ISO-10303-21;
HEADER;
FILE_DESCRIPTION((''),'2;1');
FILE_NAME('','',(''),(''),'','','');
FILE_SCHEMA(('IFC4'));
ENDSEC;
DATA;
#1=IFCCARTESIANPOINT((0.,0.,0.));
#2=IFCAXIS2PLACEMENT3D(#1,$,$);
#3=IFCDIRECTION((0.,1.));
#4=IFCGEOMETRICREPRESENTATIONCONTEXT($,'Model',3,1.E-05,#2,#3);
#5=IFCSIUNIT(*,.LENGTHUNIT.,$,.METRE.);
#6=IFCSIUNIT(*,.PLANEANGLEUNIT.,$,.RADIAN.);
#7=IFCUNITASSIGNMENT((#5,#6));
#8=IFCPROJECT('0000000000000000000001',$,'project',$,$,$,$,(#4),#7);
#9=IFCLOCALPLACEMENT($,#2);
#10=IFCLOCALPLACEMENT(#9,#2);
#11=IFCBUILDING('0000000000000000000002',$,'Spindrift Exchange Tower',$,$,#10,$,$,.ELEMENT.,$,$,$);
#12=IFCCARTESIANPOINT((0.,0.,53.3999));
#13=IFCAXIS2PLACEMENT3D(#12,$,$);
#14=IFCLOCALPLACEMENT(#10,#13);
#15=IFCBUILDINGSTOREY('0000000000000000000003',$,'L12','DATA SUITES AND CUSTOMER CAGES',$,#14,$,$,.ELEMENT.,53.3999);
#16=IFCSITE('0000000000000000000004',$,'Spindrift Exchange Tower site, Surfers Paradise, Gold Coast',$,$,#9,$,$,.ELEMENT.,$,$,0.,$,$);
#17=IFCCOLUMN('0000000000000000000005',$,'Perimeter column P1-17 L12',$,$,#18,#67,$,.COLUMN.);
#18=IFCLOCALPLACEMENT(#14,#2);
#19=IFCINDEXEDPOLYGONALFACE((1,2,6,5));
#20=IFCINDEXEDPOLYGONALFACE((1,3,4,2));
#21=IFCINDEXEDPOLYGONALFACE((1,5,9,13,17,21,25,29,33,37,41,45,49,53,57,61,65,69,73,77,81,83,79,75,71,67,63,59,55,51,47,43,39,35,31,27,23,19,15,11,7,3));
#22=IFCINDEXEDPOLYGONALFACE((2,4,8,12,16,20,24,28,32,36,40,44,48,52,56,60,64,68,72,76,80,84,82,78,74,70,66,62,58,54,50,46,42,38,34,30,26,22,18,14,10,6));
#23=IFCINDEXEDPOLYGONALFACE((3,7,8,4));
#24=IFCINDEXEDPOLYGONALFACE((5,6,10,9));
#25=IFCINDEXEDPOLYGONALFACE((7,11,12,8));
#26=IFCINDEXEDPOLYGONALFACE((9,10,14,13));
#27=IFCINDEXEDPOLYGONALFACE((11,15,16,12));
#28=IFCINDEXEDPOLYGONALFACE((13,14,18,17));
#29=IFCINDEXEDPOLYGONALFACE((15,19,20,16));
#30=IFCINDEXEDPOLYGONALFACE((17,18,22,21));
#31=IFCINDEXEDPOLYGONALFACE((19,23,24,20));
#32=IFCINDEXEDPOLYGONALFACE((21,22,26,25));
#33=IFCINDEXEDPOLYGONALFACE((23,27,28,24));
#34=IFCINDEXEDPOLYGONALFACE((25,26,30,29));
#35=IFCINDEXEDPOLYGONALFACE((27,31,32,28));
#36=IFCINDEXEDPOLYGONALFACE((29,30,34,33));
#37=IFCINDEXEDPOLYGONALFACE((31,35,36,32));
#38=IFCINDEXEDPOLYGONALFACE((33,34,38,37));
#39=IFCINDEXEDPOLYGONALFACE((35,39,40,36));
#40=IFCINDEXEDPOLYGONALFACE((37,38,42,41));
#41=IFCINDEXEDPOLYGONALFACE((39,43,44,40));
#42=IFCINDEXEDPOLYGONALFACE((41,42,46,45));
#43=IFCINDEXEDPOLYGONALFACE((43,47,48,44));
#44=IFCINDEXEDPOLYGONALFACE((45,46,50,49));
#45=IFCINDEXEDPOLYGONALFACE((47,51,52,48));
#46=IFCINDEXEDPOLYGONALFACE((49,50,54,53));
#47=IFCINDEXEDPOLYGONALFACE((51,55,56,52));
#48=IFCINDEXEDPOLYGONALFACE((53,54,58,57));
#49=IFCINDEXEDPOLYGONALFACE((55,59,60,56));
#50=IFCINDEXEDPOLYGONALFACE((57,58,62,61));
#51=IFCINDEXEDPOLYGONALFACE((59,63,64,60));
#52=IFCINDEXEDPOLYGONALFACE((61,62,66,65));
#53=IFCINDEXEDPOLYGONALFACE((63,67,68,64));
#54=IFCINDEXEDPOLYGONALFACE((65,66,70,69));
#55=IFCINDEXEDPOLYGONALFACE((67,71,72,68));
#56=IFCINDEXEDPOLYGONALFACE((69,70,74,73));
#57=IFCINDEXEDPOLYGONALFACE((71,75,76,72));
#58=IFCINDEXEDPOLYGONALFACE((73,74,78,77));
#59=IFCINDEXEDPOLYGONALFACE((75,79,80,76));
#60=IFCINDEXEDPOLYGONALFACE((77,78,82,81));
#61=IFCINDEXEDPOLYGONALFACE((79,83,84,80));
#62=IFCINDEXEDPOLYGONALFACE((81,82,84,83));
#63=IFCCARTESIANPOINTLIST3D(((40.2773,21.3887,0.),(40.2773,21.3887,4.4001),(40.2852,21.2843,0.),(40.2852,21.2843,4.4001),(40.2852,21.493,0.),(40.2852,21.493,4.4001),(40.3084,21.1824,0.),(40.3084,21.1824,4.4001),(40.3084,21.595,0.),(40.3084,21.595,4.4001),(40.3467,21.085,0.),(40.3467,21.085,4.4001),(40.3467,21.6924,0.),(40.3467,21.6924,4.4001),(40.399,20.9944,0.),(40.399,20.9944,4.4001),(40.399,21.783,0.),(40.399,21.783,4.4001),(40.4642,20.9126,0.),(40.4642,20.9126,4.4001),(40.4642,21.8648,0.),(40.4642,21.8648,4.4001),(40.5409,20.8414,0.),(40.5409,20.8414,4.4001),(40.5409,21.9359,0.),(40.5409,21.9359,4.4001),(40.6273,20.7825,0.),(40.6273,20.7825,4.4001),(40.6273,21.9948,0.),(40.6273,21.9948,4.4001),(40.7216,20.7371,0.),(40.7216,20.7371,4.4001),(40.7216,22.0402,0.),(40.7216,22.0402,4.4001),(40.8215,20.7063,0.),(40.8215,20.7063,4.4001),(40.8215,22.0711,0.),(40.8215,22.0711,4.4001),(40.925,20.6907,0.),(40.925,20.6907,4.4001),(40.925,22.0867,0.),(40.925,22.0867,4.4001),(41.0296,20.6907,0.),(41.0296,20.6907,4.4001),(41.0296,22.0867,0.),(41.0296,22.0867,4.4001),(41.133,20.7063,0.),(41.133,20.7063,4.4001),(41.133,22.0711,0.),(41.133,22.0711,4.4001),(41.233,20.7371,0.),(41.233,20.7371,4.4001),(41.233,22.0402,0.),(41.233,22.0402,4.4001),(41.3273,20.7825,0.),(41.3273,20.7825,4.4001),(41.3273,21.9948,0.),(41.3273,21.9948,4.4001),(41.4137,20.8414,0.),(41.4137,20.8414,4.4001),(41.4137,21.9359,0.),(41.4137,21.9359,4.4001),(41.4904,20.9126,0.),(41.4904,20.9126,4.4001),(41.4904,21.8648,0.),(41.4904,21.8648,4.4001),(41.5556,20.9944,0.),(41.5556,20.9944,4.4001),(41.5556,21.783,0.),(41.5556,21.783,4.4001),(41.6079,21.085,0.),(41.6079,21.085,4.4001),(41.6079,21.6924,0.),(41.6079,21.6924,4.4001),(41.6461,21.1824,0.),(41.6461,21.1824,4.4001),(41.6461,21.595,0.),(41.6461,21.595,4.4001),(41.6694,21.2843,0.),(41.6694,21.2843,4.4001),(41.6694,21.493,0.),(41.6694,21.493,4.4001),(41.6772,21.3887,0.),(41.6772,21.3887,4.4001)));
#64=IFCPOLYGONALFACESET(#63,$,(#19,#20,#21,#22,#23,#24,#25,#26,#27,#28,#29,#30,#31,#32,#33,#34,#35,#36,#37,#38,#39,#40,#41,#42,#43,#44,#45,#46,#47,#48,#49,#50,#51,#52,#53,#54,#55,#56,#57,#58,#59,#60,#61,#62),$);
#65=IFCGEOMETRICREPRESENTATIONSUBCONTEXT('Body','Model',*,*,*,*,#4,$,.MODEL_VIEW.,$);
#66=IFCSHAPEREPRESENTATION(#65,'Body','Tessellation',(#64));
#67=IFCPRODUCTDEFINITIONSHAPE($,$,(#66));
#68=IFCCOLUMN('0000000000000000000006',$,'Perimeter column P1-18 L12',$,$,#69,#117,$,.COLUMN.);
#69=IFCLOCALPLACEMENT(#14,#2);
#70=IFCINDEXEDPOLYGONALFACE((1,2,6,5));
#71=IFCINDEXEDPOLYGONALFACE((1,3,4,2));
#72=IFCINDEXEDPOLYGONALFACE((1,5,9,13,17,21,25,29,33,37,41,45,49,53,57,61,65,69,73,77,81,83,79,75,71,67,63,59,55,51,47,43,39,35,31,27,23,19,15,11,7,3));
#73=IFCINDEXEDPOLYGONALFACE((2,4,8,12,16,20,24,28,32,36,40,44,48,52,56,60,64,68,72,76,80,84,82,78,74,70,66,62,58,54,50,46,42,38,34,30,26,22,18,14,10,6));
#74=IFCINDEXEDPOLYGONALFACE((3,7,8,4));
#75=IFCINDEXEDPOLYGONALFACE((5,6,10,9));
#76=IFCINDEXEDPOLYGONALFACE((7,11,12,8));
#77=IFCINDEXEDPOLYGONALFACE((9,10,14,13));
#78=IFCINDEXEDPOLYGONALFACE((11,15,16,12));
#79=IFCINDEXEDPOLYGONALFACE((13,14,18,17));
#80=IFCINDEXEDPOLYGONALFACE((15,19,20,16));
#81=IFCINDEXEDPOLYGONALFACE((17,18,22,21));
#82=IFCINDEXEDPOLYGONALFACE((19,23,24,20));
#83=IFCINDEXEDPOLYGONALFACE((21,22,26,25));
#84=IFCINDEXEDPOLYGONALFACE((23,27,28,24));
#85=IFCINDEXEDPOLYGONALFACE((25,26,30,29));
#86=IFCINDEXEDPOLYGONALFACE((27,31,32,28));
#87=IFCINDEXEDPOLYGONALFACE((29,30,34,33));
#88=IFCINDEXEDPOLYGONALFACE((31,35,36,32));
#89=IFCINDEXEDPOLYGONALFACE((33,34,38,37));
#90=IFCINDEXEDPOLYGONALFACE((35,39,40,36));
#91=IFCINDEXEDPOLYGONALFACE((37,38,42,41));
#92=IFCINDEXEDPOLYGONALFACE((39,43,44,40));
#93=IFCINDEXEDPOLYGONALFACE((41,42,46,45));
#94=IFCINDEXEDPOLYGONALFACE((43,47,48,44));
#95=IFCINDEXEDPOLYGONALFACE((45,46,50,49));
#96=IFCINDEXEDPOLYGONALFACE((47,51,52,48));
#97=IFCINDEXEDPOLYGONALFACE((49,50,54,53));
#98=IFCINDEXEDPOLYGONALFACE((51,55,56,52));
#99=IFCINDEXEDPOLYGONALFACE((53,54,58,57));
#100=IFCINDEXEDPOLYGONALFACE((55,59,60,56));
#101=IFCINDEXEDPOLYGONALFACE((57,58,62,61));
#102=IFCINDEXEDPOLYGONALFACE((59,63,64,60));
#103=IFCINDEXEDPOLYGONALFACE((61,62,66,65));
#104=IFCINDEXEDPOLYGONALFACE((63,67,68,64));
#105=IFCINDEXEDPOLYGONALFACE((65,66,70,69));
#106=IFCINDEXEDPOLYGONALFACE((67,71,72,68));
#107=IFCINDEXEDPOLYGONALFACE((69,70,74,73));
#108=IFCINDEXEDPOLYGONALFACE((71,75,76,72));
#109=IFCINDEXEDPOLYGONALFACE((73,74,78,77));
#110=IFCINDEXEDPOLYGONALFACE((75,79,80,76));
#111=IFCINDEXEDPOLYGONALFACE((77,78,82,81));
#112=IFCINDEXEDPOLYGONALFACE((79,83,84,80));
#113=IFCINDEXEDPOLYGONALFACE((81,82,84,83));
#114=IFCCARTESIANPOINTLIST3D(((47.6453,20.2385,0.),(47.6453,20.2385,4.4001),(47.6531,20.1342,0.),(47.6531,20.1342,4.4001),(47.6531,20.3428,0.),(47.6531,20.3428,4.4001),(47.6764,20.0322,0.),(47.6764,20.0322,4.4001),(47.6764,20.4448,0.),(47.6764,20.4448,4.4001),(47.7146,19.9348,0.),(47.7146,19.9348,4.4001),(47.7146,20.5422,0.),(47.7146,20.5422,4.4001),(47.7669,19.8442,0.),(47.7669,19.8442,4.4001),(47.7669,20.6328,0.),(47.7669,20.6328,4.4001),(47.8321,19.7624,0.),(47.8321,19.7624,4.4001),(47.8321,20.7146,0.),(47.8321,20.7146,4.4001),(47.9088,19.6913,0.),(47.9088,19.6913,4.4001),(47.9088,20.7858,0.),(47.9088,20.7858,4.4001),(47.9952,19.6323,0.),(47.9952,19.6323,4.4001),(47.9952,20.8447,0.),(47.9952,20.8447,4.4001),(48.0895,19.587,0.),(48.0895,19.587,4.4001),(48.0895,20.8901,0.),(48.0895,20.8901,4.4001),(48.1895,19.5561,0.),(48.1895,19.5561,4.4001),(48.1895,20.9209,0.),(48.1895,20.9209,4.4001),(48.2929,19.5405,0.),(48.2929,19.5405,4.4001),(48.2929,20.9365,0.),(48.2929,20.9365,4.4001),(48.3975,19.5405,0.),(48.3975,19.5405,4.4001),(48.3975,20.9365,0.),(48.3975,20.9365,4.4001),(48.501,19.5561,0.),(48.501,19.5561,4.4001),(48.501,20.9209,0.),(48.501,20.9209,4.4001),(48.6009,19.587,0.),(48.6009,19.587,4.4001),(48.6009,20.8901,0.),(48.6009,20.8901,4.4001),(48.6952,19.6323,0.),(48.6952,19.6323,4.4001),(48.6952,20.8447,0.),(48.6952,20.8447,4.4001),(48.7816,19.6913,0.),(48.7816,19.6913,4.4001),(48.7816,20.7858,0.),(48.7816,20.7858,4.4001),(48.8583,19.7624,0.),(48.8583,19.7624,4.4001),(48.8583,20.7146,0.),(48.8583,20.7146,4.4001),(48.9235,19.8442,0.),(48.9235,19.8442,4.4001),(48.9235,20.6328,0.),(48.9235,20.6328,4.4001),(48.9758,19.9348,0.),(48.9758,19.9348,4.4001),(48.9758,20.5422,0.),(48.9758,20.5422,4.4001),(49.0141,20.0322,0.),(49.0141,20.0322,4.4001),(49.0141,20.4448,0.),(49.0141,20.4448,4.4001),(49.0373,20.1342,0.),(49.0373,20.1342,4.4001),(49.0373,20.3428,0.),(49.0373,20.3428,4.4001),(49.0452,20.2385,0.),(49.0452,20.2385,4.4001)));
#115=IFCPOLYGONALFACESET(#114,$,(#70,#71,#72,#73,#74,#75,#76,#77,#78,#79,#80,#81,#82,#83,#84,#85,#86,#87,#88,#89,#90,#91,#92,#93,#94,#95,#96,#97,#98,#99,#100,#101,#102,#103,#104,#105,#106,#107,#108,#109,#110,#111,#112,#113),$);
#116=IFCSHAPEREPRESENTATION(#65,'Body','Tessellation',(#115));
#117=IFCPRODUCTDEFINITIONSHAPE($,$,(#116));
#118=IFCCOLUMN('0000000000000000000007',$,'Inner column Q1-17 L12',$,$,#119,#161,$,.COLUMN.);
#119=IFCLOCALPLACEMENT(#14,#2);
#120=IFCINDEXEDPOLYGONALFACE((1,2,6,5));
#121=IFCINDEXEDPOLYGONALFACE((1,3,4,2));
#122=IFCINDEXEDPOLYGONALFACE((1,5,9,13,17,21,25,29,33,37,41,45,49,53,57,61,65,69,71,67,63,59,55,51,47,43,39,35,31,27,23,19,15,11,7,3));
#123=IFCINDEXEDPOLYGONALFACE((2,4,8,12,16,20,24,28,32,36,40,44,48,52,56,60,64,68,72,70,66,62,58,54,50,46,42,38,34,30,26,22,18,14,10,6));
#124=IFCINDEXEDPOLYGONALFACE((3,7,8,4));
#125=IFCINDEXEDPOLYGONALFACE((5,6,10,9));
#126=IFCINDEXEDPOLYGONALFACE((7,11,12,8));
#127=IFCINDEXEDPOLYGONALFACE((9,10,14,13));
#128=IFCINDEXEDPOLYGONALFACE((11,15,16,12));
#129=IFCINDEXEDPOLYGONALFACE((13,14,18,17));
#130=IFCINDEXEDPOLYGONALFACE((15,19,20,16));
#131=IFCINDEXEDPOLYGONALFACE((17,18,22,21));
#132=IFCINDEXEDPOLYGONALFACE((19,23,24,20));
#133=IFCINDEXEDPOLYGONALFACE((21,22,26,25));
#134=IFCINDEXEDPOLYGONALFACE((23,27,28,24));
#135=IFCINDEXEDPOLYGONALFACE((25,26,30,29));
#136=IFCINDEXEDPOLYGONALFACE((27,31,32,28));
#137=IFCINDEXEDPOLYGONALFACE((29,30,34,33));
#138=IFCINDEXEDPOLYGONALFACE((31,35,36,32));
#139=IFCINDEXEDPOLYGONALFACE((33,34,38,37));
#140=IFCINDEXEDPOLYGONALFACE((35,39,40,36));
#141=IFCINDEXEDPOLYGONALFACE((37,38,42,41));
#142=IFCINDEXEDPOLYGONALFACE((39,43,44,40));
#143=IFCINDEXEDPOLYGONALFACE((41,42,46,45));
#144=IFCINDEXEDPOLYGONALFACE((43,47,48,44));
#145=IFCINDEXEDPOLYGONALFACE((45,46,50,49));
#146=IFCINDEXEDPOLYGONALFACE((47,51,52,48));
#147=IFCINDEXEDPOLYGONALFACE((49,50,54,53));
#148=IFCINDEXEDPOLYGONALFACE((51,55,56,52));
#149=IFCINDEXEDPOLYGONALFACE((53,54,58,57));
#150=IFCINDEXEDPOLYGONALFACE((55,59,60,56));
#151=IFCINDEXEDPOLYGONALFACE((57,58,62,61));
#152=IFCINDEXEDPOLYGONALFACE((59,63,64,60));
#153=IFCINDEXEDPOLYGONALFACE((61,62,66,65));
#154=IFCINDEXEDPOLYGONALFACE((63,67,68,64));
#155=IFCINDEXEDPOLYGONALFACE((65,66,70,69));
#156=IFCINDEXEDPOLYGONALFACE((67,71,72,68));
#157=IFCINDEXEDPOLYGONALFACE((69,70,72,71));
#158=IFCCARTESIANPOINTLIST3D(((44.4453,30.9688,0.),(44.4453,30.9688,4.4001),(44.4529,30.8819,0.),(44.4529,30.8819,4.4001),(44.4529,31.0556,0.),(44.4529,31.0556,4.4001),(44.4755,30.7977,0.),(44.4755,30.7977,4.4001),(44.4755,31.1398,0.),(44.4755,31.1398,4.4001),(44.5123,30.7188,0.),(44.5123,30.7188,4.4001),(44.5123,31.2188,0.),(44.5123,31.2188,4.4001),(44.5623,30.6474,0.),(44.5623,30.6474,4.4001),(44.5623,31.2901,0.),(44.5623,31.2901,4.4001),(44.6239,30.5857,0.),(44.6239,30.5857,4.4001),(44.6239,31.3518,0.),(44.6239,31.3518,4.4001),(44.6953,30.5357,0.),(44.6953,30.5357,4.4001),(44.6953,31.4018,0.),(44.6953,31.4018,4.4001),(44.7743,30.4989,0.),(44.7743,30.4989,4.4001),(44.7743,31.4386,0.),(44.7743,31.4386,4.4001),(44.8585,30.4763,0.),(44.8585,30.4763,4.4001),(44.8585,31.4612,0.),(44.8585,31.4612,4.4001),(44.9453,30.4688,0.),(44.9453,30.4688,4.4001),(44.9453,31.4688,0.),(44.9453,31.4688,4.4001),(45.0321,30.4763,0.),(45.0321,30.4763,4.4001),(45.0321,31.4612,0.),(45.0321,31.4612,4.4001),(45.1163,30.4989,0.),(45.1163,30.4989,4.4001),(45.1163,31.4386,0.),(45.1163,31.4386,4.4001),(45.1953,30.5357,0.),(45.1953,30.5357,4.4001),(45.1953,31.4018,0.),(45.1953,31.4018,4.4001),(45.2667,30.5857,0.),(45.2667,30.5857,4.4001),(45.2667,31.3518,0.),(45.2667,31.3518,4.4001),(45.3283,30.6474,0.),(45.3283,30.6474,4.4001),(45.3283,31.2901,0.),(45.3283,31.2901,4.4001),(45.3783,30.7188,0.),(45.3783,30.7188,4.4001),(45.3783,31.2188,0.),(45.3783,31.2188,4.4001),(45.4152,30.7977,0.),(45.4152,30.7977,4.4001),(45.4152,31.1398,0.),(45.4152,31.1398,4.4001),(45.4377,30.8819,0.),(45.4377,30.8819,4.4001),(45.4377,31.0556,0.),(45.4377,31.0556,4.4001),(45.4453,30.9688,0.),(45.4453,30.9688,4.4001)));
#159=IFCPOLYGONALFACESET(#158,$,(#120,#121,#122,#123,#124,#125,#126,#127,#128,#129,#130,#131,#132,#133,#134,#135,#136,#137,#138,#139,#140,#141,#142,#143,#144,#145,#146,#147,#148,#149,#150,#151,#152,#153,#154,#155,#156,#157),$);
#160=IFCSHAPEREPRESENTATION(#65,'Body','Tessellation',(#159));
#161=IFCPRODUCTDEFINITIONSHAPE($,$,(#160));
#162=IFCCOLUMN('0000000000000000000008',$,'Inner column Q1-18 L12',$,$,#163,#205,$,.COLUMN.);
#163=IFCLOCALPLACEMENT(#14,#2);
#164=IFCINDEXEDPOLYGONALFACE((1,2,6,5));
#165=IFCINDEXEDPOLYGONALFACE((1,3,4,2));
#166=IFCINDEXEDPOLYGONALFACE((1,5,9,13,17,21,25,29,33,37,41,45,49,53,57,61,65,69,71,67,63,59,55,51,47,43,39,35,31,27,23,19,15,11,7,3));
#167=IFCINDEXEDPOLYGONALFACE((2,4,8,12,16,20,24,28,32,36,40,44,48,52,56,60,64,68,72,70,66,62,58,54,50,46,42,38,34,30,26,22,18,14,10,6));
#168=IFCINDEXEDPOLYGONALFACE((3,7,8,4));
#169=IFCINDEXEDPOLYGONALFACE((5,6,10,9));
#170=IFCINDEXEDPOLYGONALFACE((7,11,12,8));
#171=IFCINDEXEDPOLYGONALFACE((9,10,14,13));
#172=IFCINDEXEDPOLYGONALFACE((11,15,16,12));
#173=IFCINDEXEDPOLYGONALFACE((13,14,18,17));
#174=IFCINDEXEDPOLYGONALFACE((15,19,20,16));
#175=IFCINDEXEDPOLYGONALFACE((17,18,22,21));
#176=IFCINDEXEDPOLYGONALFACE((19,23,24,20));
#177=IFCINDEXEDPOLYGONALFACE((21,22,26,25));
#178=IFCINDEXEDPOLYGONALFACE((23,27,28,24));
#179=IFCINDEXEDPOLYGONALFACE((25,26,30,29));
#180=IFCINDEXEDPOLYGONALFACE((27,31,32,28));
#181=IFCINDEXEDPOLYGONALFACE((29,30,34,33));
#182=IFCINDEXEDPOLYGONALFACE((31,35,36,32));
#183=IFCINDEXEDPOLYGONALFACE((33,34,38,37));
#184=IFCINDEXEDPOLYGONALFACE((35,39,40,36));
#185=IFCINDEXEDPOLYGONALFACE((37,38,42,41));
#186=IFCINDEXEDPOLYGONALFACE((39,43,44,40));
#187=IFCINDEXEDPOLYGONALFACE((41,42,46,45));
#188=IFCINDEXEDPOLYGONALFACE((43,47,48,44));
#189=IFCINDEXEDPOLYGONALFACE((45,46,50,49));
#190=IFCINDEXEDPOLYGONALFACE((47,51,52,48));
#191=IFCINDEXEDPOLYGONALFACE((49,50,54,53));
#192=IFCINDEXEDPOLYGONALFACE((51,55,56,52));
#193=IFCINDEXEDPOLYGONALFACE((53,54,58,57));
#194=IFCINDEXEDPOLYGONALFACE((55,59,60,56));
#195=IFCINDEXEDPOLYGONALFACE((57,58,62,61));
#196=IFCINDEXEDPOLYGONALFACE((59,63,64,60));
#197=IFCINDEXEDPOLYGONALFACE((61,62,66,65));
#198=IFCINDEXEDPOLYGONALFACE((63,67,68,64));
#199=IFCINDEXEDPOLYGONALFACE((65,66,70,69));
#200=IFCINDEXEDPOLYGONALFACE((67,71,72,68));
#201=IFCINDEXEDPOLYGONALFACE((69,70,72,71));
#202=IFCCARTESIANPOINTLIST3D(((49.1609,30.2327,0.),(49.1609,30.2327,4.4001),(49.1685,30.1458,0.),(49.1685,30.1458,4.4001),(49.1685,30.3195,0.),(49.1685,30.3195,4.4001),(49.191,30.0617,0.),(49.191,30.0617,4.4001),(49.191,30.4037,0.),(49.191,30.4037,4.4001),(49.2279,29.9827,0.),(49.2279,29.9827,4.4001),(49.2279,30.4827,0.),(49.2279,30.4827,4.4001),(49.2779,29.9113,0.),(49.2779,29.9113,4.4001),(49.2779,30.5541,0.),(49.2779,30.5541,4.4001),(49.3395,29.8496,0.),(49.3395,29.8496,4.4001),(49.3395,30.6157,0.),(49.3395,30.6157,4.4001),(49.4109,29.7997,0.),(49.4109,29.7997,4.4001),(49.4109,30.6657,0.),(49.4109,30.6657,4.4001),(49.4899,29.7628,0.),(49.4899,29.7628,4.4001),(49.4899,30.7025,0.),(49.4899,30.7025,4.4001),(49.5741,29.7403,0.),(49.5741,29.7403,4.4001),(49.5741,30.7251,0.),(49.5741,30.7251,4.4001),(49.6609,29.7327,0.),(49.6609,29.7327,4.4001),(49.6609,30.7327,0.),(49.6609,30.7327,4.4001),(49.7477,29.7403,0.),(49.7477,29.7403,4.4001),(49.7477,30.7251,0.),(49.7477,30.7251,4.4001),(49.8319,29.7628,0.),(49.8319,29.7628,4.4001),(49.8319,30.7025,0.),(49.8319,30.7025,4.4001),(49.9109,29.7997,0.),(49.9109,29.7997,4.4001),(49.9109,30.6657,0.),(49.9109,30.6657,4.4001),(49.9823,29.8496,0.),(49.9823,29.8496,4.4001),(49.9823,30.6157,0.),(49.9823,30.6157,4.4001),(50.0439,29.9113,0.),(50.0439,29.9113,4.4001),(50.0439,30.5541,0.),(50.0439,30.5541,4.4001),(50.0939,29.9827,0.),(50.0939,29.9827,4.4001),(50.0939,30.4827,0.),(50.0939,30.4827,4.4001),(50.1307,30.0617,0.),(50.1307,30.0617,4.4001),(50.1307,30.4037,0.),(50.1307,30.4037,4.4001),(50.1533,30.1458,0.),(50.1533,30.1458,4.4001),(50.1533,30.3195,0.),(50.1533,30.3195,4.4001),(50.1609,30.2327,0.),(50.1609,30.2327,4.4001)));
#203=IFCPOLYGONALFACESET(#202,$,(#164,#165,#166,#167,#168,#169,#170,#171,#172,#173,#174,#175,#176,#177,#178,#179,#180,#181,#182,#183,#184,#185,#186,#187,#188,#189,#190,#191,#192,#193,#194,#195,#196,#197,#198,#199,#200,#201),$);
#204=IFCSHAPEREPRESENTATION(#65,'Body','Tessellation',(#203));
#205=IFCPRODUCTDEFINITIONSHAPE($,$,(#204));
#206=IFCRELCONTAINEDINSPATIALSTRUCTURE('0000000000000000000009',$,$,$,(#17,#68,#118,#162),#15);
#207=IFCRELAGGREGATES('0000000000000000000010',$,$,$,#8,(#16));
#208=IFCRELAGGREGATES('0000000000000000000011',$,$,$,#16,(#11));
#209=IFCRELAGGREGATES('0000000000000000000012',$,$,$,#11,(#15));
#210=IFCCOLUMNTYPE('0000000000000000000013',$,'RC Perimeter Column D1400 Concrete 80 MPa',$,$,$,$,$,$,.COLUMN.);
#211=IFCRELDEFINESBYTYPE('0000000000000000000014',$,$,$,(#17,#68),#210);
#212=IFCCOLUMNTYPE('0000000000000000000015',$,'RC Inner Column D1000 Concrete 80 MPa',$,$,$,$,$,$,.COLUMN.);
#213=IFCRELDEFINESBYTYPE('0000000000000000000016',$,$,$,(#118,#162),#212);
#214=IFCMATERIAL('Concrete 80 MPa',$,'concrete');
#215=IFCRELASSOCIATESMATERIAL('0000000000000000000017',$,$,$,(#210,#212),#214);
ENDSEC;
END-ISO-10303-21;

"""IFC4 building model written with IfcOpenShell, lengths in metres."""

from ifc_helpers import new_model, si_unit, direction, frame, origin, origin_2d, place, context, subcontext, project, spatial, circle, extrude, source, transform, mapped, material, material_profile, profile_set, type_object, element, save


model = new_model("IFC4")

# Units and contexts
model_context = context("Model", 3, precision=1e-05, world=origin(), true_north=direction((0.0, 1.0)))
body_context = subcontext(model_context, "Body", "Model", "MODEL_VIEW")
ifc_project = project(units=[si_unit("LENGTHUNIT", "METRE"), si_unit("PLANEANGLEUNIT", "RADIAN")], contexts=[model_context])

# Site, building, storey
site_placement = place(None, origin())
site = spatial("IfcSite", under=ifc_project, at=site_placement, Name="Spindrift Exchange Tower site, Surfers Paradise, Gold Coast", CompositionType="ELEMENT", RefElevation=0.0)
building_placement = place(site_placement, origin())
building = spatial("IfcBuilding", under=site, at=building_placement, Name="Spindrift Exchange Tower", CompositionType="ELEMENT")
storey_placement = place(building_placement, frame((0.0, 0.0, 53.3999)))
storey = spatial("IfcBuildingStorey", under=building, at=storey_placement, Name="L12", Description="DATA SUITES AND CUSTOMER CAGES", CompositionType="ELEMENT", Elevation=53.3999)

# Columns
ifc_material_1 = material(Name="Concrete 80 MPa", Category="concrete")
ifc_material_profile_1 = material_profile(ifc_material_1, circle(Radius=0.7, at=origin_2d()), Name="RC D1400")
ifc_profile_set_1 = profile_set([ifc_material_profile_1], Name="Concrete 80 MPa")
column_type_1 = type_object("IfcColumnType", Name="RC Perimeter Column D1400 Concrete 80 MPa", PredefinedType="COLUMN", material=ifc_profile_set_1)
shared_shape_1 = source(origin(), body_context, "Body", "SweptSolid", [
    extrude(circle(Radius=0.7, at=origin_2d()), origin(), (0.0, 0.0, 1.0), 4.4001),
])
for number, where, z_axis, x_axis, name in (
    (1, (40.9773, 21.3887, 0.0), (0.0, 0.0, 1.0), (1.0, 0.0, 0.0), "Perimeter column P1-17 L12"),
    (2, (48.3452, 20.2385, 0.0), (0.0, 0.0, 1.0), (1.0, 0.0, 0.0), "Perimeter column P1-18 L12"),
):
    element("IfcColumn", number, at=place(storey_placement, frame(where, z_axis=z_axis, x_axis=x_axis)), inside=storey, type_object=column_type_1, Name=name, PredefinedType="COLUMN", context=body_context, shape_type="MappedRepresentation", body=[
        mapped(shared_shape_1, transform((0.0, 0.0, 0.0), scale=1.0)),
    ])
ifc_material_profile_2 = material_profile(ifc_material_1, circle(Radius=0.5, at=origin_2d()), Name="RC D1000")
ifc_profile_set_2 = profile_set([ifc_material_profile_2], Name="Concrete 80 MPa")
column_type_2 = type_object("IfcColumnType", Name="RC Inner Column D1000 Concrete 80 MPa", PredefinedType="COLUMN", material=ifc_profile_set_2)
shared_shape_2 = source(origin(), body_context, "Body", "SweptSolid", [
    extrude(circle(Radius=0.5, at=origin_2d()), origin(), (0.0, 0.0, 1.0), 4.4001),
])
for number, where, z_axis, x_axis, name in (
    (3, (44.9453, 30.9688, 0.0), (0.0, 0.0, 1.0), (1.0, 0.0, 0.0), "Inner column Q1-17 L12"),
    (4, (49.6609, 30.2327, 0.0), (0.0, 0.0, 1.0), (1.0, 0.0, 0.0), "Inner column Q1-18 L12"),
):
    element("IfcColumn", number, at=place(storey_placement, frame(where, z_axis=z_axis, x_axis=x_axis)), inside=storey, type_object=column_type_2, Name=name, PredefinedType="COLUMN", context=body_context, shape_type="MappedRepresentation", body=[
        mapped(shared_shape_2, transform((0.0, 0.0, 0.0), scale=1.0)),
    ])

save(model, "model.ifc")
